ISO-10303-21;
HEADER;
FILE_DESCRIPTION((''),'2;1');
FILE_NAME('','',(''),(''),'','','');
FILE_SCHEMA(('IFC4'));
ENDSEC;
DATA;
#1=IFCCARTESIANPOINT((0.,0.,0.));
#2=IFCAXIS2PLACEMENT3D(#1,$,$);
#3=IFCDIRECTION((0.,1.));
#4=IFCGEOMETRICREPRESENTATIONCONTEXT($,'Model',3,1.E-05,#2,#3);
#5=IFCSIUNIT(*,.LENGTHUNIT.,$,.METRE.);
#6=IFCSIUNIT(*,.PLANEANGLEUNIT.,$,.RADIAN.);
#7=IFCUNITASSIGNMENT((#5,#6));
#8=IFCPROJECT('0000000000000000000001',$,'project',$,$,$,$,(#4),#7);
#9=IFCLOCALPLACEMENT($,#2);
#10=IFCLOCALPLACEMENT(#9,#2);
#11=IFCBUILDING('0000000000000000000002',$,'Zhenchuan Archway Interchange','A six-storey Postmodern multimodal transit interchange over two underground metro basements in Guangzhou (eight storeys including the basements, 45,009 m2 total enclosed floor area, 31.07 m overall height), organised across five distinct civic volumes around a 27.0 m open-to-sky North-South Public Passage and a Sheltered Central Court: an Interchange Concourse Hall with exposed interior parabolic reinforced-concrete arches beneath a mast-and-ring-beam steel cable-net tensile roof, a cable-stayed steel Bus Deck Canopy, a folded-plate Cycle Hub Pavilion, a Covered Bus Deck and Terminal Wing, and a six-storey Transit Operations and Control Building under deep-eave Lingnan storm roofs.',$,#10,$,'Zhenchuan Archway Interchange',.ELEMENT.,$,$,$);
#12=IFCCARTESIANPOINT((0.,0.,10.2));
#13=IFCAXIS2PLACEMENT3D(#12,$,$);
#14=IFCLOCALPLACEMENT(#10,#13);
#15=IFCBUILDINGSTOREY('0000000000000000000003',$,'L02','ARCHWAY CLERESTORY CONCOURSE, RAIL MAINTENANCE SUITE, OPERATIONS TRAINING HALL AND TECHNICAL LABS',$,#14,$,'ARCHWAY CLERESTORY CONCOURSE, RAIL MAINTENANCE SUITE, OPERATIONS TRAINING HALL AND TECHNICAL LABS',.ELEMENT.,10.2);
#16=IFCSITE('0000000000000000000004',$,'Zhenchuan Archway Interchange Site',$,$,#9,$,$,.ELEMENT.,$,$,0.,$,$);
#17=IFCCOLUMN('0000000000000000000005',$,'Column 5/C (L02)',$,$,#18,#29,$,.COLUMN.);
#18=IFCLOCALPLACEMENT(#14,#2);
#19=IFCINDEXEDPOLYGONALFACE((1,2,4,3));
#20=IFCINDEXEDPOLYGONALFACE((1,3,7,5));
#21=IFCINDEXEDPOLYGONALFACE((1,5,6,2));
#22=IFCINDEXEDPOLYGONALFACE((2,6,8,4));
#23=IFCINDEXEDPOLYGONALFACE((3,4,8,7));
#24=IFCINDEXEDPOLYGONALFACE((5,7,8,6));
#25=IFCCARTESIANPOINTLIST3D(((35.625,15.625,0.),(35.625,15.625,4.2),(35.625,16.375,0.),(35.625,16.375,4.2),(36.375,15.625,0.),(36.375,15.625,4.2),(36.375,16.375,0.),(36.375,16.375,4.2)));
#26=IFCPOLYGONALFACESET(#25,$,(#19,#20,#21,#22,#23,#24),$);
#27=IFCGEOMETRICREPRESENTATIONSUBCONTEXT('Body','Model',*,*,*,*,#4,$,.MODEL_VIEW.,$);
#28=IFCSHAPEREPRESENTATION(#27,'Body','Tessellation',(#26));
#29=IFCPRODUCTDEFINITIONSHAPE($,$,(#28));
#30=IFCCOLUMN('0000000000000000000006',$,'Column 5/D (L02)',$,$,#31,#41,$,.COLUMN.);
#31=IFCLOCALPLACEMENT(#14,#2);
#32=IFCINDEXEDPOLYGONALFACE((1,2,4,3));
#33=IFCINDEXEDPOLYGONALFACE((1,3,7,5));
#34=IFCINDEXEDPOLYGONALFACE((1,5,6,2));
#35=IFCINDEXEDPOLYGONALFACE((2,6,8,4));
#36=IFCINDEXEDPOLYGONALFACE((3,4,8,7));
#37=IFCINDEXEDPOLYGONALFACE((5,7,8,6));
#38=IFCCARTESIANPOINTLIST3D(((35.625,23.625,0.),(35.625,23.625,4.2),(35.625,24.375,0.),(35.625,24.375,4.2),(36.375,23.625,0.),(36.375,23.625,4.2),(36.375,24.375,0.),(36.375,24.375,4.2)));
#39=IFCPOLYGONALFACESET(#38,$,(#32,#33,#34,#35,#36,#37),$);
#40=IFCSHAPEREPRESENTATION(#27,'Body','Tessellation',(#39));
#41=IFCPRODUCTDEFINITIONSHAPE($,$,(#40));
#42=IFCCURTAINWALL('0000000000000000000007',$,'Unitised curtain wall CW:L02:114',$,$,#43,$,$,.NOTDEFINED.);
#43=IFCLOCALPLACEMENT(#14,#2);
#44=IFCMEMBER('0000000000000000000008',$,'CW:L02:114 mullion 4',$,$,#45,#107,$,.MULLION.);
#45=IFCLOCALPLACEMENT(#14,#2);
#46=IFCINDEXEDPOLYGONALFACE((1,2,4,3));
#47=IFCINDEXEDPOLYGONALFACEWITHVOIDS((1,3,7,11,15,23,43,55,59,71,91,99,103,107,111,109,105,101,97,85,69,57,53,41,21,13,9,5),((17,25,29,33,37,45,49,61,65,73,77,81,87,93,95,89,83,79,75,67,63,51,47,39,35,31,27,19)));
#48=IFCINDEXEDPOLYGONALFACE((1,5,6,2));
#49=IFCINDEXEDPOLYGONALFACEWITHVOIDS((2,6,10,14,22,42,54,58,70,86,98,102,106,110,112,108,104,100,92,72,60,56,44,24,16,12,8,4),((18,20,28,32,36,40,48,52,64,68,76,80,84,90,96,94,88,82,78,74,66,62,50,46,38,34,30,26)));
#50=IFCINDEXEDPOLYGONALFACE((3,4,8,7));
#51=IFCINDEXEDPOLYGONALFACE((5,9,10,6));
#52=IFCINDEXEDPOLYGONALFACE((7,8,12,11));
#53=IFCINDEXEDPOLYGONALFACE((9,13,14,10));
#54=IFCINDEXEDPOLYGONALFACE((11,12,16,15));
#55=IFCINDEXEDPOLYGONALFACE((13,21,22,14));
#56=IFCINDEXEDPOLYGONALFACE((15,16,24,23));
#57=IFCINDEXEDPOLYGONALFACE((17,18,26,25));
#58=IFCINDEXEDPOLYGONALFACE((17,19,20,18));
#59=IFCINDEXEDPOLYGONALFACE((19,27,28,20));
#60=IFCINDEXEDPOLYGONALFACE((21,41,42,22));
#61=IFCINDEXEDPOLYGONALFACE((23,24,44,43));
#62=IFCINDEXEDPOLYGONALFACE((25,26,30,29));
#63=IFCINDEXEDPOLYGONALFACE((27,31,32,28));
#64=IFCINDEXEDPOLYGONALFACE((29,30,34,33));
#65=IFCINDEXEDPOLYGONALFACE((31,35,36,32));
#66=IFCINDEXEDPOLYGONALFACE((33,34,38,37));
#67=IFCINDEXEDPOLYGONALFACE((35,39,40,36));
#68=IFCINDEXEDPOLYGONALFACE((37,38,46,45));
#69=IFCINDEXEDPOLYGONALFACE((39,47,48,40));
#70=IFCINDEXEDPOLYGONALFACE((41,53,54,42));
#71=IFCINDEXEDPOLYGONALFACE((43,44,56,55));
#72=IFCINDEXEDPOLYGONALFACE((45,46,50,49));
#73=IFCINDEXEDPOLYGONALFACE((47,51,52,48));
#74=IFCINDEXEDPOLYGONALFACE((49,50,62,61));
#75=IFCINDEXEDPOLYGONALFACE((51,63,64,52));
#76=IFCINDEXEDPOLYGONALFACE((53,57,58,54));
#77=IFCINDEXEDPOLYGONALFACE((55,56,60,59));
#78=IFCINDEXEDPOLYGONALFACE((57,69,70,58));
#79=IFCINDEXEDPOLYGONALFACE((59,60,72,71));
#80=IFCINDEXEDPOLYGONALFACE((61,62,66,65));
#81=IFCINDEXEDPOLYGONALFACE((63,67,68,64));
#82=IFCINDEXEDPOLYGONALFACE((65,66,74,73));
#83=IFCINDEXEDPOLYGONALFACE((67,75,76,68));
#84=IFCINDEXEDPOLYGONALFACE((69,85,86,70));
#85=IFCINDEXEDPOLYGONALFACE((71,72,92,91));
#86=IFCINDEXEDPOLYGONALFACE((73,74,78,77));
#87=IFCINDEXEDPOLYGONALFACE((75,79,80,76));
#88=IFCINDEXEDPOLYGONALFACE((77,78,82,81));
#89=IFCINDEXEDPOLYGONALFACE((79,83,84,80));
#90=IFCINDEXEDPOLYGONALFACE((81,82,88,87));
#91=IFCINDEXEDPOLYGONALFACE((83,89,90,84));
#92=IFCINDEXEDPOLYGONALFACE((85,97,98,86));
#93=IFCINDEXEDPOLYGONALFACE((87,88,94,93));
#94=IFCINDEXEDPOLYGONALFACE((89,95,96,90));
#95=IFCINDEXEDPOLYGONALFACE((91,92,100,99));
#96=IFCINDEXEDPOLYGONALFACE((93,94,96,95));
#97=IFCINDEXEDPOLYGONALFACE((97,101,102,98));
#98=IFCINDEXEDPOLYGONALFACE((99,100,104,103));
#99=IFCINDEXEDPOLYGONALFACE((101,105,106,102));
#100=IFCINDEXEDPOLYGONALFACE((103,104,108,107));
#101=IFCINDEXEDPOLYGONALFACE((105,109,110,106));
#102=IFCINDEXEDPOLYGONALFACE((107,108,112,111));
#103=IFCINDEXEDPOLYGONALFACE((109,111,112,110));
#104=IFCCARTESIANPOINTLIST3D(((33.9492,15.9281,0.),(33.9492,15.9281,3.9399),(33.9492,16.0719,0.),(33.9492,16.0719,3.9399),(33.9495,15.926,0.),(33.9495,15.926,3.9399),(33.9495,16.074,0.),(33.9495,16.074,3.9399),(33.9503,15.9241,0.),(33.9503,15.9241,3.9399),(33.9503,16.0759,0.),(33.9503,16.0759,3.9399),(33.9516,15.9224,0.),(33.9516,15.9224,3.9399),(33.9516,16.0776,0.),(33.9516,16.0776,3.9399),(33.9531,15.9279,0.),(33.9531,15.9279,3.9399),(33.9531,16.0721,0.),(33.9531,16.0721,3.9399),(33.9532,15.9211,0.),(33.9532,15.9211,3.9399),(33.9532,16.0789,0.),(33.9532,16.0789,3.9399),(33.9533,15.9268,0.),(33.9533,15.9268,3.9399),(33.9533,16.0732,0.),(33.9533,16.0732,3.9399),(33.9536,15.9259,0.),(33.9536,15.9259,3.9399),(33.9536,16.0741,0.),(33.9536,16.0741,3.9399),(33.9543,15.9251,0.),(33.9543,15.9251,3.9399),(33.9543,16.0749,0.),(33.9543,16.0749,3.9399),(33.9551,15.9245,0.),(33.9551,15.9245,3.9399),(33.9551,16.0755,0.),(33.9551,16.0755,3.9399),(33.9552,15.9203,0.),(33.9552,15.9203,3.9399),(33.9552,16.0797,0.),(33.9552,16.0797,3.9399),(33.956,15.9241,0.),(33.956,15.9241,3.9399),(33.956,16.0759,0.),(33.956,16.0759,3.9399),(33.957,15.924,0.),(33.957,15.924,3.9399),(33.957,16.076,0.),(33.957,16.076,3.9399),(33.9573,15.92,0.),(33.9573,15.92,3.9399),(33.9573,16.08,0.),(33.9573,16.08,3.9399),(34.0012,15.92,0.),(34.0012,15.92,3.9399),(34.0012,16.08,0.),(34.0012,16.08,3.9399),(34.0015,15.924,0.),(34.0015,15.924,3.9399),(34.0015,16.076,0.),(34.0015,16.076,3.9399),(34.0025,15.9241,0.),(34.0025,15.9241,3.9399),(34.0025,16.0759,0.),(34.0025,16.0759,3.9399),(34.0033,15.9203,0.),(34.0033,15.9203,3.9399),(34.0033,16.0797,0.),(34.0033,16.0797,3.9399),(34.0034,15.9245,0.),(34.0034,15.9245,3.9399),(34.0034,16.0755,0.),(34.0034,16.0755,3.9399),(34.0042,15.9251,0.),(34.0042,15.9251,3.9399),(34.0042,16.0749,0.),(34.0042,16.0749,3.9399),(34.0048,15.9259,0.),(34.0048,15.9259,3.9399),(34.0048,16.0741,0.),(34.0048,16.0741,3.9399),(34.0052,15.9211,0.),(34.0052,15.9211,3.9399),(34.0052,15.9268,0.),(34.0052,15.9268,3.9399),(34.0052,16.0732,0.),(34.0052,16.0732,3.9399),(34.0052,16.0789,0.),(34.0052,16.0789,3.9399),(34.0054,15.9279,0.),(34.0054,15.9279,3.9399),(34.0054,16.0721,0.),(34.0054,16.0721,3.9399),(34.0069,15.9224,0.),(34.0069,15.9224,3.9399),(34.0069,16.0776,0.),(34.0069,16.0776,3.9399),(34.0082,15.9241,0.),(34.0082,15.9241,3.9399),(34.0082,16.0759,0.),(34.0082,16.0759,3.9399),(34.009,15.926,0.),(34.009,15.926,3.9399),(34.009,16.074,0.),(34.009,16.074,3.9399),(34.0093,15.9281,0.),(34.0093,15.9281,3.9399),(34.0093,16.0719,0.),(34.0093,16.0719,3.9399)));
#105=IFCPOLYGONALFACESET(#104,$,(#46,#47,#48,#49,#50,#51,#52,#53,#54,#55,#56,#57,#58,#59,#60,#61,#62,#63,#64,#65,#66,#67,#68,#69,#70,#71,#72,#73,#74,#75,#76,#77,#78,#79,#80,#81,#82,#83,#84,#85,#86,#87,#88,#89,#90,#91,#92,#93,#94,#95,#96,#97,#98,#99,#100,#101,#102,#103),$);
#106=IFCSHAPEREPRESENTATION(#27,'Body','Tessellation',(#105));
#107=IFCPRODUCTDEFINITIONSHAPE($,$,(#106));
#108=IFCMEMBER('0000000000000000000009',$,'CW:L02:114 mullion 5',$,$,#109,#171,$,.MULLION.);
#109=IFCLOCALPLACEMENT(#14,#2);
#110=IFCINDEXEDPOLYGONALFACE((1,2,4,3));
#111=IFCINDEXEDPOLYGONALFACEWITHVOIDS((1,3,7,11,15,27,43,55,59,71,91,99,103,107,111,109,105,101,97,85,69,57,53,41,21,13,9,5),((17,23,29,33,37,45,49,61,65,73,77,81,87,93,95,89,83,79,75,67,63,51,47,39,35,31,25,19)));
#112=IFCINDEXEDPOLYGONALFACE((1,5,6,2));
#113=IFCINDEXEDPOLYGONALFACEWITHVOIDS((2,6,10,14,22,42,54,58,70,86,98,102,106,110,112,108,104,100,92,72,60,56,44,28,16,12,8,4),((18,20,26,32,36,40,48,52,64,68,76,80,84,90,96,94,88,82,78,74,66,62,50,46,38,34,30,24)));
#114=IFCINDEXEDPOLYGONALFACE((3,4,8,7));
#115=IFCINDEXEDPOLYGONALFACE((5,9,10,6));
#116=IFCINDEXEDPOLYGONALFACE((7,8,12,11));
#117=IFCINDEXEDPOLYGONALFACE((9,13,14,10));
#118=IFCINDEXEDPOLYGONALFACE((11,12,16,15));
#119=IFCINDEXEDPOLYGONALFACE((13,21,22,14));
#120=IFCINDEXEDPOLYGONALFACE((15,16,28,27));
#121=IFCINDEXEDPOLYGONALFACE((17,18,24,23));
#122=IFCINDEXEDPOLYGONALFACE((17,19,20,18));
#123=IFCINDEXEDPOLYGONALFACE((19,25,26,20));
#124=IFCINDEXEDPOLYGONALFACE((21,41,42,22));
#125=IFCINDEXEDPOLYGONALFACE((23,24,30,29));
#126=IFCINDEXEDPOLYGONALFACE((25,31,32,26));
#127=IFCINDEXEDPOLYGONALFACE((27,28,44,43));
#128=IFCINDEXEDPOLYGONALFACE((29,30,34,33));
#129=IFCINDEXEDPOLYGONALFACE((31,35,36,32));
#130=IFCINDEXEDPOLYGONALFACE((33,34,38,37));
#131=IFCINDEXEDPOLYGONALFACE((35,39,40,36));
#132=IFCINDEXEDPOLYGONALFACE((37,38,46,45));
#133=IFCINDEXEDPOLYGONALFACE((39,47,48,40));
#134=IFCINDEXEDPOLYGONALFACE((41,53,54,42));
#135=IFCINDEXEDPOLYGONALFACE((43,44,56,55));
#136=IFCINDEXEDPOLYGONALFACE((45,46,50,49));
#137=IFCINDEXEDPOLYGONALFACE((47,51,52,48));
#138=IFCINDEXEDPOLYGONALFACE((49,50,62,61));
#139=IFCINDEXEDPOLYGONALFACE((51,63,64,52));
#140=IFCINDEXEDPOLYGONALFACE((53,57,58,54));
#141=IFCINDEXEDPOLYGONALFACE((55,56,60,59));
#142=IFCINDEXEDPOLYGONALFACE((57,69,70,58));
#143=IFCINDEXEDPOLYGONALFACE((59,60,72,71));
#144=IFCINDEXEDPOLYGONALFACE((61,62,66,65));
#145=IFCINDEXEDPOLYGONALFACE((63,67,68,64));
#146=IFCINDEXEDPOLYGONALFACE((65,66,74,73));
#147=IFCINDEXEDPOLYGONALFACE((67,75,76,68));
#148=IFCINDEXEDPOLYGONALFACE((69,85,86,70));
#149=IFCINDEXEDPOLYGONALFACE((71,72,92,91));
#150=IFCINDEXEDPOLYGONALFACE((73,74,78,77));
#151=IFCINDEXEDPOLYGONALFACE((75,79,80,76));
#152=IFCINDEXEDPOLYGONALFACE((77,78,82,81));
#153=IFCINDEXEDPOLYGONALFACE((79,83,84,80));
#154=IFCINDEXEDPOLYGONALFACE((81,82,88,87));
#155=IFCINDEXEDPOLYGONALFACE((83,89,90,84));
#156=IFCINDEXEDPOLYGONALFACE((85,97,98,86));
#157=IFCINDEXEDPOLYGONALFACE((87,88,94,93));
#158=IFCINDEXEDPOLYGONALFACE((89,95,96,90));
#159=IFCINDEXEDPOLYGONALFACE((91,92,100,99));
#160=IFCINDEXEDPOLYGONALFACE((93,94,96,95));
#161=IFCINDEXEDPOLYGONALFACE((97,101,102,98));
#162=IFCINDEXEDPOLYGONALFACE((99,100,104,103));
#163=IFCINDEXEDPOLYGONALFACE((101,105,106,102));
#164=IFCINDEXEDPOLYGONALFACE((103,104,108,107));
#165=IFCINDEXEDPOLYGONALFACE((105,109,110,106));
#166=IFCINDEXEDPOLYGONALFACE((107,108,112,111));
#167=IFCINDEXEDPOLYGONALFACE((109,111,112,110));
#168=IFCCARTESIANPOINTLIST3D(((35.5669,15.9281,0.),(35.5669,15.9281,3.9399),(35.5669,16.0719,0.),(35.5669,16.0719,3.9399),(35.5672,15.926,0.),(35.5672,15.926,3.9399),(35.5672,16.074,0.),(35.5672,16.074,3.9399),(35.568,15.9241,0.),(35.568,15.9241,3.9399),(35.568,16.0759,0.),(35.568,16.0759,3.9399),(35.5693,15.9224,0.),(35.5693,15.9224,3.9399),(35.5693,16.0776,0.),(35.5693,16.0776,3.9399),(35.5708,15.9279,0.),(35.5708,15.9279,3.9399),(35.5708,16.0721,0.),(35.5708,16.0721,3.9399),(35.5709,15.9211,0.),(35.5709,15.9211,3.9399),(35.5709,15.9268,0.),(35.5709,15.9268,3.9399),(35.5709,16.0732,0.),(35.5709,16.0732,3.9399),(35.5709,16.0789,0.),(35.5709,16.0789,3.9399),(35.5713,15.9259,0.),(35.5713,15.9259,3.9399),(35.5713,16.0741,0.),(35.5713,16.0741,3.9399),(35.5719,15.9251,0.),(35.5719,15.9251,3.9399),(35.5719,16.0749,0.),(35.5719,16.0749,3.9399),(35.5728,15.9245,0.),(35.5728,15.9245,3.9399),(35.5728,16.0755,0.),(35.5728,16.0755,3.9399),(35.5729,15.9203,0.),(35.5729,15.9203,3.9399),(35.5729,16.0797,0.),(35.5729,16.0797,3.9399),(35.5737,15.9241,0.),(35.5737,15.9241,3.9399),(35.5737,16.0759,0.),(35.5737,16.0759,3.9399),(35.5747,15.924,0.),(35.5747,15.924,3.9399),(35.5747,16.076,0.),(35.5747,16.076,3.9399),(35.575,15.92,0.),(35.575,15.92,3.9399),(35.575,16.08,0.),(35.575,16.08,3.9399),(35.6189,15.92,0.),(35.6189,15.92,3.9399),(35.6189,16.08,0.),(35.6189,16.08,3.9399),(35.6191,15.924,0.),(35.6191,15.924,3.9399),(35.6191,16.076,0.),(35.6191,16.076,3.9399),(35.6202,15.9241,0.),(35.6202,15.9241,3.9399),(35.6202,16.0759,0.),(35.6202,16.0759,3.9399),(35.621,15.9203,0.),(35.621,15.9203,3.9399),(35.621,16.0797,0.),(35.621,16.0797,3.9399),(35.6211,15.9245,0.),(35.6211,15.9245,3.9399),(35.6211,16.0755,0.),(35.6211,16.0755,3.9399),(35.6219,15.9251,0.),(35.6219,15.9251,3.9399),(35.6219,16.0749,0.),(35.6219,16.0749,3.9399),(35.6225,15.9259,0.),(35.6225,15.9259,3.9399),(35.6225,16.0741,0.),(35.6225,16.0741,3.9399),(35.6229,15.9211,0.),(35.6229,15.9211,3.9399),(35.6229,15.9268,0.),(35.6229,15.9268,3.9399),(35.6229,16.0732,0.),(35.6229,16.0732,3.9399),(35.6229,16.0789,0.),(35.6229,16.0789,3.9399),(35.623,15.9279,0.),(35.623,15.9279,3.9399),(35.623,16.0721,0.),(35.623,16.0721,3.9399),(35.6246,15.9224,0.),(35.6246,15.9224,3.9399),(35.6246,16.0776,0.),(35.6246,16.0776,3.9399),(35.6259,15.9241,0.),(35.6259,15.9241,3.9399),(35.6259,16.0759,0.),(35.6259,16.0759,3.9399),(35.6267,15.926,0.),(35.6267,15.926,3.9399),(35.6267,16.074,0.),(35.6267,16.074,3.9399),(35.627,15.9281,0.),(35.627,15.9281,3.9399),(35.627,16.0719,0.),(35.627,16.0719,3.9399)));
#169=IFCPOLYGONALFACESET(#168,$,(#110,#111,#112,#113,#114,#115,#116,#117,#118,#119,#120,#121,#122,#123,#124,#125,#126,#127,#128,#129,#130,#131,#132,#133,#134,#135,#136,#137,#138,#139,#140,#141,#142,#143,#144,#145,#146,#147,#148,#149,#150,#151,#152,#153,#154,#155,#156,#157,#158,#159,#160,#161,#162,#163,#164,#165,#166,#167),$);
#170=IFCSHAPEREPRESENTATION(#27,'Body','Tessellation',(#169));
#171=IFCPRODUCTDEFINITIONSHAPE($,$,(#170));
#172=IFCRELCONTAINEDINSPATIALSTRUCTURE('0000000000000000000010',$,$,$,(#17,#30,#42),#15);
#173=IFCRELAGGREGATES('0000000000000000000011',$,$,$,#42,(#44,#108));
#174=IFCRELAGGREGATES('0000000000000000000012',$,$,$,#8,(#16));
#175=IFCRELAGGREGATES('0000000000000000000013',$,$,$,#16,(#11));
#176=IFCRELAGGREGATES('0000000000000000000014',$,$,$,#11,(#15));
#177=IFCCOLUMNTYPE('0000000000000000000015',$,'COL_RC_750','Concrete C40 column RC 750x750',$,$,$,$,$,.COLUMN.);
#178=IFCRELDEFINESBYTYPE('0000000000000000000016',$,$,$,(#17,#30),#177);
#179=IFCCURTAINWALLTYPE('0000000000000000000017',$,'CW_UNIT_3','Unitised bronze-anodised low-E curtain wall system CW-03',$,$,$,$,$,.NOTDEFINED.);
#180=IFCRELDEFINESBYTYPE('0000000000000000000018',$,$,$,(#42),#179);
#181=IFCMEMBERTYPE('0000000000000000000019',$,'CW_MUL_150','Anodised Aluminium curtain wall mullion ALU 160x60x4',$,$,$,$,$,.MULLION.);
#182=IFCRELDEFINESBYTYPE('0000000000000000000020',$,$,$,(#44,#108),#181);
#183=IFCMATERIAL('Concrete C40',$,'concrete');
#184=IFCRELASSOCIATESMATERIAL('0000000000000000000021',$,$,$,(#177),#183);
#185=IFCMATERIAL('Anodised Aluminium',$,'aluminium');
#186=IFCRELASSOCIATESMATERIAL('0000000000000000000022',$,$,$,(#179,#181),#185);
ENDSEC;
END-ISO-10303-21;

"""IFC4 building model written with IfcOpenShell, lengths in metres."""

from ifc_helpers import new_model, si_unit, direction, frame, origin, origin_2d, place, context, subcontext, project, spatial, rectangle, hollow_rectangle, extrude, material, material_profile, profile_set, type_object, element, aggregate, save


model = new_model("IFC4")

# Units and contexts
model_context = context("Model", 3, precision=1e-05, world=origin(), true_north=direction((0.0, 1.0)))
body_context = subcontext(model_context, "Body", "Model", "MODEL_VIEW")
ifc_project = project(units=[si_unit("LENGTHUNIT", "METRE"), si_unit("PLANEANGLEUNIT", "RADIAN")], contexts=[model_context])

# Site, building, storey
site_placement = place(None, origin())
site = spatial("IfcSite", under=ifc_project, at=site_placement, Name="Zhenchuan Archway Interchange Site", CompositionType="ELEMENT", RefElevation=0.0)
building_placement = place(site_placement, origin())
building = spatial("IfcBuilding", under=site, at=building_placement, Name="Zhenchuan Archway Interchange", Description="A six-storey Postmodern multimodal transit interchange over two underground metro basements in Guangzhou (eight storeys including the basements, 45,009 m2 total enclosed floor area, 31.07 m overall height), organised across five distinct civic volumes around a 27.0 m open-to-sky North-South Public Passage and a Sheltered Central Court: an Interchange Concourse Hall with exposed interior parabolic reinforced-concrete arches beneath a mast-and-ring-beam steel cable-net tensile roof, a cable-stayed steel Bus Deck Canopy, a folded-plate Cycle Hub Pavilion, a Covered Bus Deck and Terminal Wing, and a six-storey Transit Operations and Control Building under deep-eave Lingnan storm roofs.", LongName="Zhenchuan Archway Interchange", CompositionType="ELEMENT")
storey_placement = place(building_placement, frame((0.0, 0.0, 10.2)))
storey = spatial("IfcBuildingStorey", under=building, at=storey_placement, Name="L02", Description="ARCHWAY CLERESTORY CONCOURSE, RAIL MAINTENANCE SUITE, OPERATIONS TRAINING HALL AND TECHNICAL LABS", LongName="ARCHWAY CLERESTORY CONCOURSE, RAIL MAINTENANCE SUITE, OPERATIONS TRAINING HALL AND TECHNICAL LABS", CompositionType="ELEMENT", Elevation=10.2)

# Columns
ifc_material_1 = material(Name="Concrete C40", Category="concrete")
ifc_material_profile_1 = material_profile(ifc_material_1, rectangle(XDim=0.75, YDim=0.75, at=origin_2d()), Name="RC 750x750")
ifc_profile_set_1 = profile_set([ifc_material_profile_1], Name="Concrete C40")
column_type = type_object("IfcColumnType", Name="COL_RC_750", Description="Concrete C40 column RC 750x750", PredefinedType="COLUMN", material=ifc_profile_set_1)
for number, where, z_axis, x_axis, name in (
    (1, (36.0, 16.0, 0.0), (0.0, 0.0, 1.0), (1.0, 0.0, 0.0), "Column 5/C (L02)"),
    (2, (36.0, 24.0, 0.0), (0.0, 0.0, 1.0), (1.0, 0.0, 0.0), "Column 5/D (L02)"),
):
    element("IfcColumn", number, at=place(storey_placement, frame(where, z_axis=z_axis, x_axis=x_axis)), inside=storey, type_object=column_type, Name=name, PredefinedType="COLUMN", context=body_context, shape_type="SweptSolid", body=[
        extrude(rectangle(XDim=0.75, YDim=0.75, at=origin_2d()), origin(), (0.0, 0.0, 1.0), 4.2),
    ])

# Curtain wall, members
ifc_material_2 = material(Name="Anodised Aluminium", Category="aluminium")
curtain_wall_type_1 = type_object("IfcCurtainWallType", Name="CW_UNIT_3", Description="Unitised bronze-anodised low-E curtain wall system CW-03", PredefinedType="NOTDEFINED", material=ifc_material_2)
curtain_wall_1_placement = place(storey_placement, origin())
curtain_wall_1 = element("IfcCurtainWall", 3, at=curtain_wall_1_placement, inside=storey, type_object=curtain_wall_type_1, Name="Unitised curtain wall CW:L02:114", PredefinedType="NOTDEFINED")
ifc_material_profile_2 = material_profile(ifc_material_2, hollow_rectangle(XDim=0.0601, YDim=0.1599, WallThickness=0.0039, InnerFilletRadius=0.0039, OuterFilletRadius=0.0081, at=origin_2d()), Name="ALU 160x60x4")
ifc_profile_set_2 = profile_set([ifc_material_profile_2], Name="Anodised Aluminium")
member_type_1 = type_object("IfcMemberType", Name="CW_MUL_150", Description="Anodised Aluminium curtain wall mullion ALU 160x60x4", PredefinedType="MULLION", material=ifc_profile_set_2)
member_1_placement = place(storey_placement, frame((33.9792, 16.0, 0.0), z_axis=(0.0, 0.0, 1.0), x_axis=(1.0, 0.0, 0.0)))
member_1 = element("IfcMember", 4, at=member_1_placement, type_object=member_type_1, Name="CW:L02:114 mullion 4", PredefinedType="MULLION", context=body_context, shape_type="SweptSolid", body=[
    extrude(hollow_rectangle(XDim=0.0601, YDim=0.1599, WallThickness=0.0039, InnerFilletRadius=0.0039, OuterFilletRadius=0.0081, at=origin_2d()), origin(), (0.0, 0.0, 1.0), 3.9399),
])
member_2_placement = place(storey_placement, frame((35.5969, 16.0, 0.0), z_axis=(0.0, 0.0, 1.0), x_axis=(1.0, 0.0, 0.0)))
member_2 = element("IfcMember", 5, at=member_2_placement, type_object=member_type_1, Name="CW:L02:114 mullion 5", PredefinedType="MULLION", context=body_context, shape_type="SweptSolid", body=[
    extrude(hollow_rectangle(XDim=0.0601, YDim=0.1599, WallThickness=0.0039, InnerFilletRadius=0.0039, OuterFilletRadius=0.0081, at=origin_2d()), origin(), (0.0, 0.0, 1.0), 3.9399),
])

aggregate(curtain_wall_1, [member_1, member_2])

save(model, "model.ifc")
